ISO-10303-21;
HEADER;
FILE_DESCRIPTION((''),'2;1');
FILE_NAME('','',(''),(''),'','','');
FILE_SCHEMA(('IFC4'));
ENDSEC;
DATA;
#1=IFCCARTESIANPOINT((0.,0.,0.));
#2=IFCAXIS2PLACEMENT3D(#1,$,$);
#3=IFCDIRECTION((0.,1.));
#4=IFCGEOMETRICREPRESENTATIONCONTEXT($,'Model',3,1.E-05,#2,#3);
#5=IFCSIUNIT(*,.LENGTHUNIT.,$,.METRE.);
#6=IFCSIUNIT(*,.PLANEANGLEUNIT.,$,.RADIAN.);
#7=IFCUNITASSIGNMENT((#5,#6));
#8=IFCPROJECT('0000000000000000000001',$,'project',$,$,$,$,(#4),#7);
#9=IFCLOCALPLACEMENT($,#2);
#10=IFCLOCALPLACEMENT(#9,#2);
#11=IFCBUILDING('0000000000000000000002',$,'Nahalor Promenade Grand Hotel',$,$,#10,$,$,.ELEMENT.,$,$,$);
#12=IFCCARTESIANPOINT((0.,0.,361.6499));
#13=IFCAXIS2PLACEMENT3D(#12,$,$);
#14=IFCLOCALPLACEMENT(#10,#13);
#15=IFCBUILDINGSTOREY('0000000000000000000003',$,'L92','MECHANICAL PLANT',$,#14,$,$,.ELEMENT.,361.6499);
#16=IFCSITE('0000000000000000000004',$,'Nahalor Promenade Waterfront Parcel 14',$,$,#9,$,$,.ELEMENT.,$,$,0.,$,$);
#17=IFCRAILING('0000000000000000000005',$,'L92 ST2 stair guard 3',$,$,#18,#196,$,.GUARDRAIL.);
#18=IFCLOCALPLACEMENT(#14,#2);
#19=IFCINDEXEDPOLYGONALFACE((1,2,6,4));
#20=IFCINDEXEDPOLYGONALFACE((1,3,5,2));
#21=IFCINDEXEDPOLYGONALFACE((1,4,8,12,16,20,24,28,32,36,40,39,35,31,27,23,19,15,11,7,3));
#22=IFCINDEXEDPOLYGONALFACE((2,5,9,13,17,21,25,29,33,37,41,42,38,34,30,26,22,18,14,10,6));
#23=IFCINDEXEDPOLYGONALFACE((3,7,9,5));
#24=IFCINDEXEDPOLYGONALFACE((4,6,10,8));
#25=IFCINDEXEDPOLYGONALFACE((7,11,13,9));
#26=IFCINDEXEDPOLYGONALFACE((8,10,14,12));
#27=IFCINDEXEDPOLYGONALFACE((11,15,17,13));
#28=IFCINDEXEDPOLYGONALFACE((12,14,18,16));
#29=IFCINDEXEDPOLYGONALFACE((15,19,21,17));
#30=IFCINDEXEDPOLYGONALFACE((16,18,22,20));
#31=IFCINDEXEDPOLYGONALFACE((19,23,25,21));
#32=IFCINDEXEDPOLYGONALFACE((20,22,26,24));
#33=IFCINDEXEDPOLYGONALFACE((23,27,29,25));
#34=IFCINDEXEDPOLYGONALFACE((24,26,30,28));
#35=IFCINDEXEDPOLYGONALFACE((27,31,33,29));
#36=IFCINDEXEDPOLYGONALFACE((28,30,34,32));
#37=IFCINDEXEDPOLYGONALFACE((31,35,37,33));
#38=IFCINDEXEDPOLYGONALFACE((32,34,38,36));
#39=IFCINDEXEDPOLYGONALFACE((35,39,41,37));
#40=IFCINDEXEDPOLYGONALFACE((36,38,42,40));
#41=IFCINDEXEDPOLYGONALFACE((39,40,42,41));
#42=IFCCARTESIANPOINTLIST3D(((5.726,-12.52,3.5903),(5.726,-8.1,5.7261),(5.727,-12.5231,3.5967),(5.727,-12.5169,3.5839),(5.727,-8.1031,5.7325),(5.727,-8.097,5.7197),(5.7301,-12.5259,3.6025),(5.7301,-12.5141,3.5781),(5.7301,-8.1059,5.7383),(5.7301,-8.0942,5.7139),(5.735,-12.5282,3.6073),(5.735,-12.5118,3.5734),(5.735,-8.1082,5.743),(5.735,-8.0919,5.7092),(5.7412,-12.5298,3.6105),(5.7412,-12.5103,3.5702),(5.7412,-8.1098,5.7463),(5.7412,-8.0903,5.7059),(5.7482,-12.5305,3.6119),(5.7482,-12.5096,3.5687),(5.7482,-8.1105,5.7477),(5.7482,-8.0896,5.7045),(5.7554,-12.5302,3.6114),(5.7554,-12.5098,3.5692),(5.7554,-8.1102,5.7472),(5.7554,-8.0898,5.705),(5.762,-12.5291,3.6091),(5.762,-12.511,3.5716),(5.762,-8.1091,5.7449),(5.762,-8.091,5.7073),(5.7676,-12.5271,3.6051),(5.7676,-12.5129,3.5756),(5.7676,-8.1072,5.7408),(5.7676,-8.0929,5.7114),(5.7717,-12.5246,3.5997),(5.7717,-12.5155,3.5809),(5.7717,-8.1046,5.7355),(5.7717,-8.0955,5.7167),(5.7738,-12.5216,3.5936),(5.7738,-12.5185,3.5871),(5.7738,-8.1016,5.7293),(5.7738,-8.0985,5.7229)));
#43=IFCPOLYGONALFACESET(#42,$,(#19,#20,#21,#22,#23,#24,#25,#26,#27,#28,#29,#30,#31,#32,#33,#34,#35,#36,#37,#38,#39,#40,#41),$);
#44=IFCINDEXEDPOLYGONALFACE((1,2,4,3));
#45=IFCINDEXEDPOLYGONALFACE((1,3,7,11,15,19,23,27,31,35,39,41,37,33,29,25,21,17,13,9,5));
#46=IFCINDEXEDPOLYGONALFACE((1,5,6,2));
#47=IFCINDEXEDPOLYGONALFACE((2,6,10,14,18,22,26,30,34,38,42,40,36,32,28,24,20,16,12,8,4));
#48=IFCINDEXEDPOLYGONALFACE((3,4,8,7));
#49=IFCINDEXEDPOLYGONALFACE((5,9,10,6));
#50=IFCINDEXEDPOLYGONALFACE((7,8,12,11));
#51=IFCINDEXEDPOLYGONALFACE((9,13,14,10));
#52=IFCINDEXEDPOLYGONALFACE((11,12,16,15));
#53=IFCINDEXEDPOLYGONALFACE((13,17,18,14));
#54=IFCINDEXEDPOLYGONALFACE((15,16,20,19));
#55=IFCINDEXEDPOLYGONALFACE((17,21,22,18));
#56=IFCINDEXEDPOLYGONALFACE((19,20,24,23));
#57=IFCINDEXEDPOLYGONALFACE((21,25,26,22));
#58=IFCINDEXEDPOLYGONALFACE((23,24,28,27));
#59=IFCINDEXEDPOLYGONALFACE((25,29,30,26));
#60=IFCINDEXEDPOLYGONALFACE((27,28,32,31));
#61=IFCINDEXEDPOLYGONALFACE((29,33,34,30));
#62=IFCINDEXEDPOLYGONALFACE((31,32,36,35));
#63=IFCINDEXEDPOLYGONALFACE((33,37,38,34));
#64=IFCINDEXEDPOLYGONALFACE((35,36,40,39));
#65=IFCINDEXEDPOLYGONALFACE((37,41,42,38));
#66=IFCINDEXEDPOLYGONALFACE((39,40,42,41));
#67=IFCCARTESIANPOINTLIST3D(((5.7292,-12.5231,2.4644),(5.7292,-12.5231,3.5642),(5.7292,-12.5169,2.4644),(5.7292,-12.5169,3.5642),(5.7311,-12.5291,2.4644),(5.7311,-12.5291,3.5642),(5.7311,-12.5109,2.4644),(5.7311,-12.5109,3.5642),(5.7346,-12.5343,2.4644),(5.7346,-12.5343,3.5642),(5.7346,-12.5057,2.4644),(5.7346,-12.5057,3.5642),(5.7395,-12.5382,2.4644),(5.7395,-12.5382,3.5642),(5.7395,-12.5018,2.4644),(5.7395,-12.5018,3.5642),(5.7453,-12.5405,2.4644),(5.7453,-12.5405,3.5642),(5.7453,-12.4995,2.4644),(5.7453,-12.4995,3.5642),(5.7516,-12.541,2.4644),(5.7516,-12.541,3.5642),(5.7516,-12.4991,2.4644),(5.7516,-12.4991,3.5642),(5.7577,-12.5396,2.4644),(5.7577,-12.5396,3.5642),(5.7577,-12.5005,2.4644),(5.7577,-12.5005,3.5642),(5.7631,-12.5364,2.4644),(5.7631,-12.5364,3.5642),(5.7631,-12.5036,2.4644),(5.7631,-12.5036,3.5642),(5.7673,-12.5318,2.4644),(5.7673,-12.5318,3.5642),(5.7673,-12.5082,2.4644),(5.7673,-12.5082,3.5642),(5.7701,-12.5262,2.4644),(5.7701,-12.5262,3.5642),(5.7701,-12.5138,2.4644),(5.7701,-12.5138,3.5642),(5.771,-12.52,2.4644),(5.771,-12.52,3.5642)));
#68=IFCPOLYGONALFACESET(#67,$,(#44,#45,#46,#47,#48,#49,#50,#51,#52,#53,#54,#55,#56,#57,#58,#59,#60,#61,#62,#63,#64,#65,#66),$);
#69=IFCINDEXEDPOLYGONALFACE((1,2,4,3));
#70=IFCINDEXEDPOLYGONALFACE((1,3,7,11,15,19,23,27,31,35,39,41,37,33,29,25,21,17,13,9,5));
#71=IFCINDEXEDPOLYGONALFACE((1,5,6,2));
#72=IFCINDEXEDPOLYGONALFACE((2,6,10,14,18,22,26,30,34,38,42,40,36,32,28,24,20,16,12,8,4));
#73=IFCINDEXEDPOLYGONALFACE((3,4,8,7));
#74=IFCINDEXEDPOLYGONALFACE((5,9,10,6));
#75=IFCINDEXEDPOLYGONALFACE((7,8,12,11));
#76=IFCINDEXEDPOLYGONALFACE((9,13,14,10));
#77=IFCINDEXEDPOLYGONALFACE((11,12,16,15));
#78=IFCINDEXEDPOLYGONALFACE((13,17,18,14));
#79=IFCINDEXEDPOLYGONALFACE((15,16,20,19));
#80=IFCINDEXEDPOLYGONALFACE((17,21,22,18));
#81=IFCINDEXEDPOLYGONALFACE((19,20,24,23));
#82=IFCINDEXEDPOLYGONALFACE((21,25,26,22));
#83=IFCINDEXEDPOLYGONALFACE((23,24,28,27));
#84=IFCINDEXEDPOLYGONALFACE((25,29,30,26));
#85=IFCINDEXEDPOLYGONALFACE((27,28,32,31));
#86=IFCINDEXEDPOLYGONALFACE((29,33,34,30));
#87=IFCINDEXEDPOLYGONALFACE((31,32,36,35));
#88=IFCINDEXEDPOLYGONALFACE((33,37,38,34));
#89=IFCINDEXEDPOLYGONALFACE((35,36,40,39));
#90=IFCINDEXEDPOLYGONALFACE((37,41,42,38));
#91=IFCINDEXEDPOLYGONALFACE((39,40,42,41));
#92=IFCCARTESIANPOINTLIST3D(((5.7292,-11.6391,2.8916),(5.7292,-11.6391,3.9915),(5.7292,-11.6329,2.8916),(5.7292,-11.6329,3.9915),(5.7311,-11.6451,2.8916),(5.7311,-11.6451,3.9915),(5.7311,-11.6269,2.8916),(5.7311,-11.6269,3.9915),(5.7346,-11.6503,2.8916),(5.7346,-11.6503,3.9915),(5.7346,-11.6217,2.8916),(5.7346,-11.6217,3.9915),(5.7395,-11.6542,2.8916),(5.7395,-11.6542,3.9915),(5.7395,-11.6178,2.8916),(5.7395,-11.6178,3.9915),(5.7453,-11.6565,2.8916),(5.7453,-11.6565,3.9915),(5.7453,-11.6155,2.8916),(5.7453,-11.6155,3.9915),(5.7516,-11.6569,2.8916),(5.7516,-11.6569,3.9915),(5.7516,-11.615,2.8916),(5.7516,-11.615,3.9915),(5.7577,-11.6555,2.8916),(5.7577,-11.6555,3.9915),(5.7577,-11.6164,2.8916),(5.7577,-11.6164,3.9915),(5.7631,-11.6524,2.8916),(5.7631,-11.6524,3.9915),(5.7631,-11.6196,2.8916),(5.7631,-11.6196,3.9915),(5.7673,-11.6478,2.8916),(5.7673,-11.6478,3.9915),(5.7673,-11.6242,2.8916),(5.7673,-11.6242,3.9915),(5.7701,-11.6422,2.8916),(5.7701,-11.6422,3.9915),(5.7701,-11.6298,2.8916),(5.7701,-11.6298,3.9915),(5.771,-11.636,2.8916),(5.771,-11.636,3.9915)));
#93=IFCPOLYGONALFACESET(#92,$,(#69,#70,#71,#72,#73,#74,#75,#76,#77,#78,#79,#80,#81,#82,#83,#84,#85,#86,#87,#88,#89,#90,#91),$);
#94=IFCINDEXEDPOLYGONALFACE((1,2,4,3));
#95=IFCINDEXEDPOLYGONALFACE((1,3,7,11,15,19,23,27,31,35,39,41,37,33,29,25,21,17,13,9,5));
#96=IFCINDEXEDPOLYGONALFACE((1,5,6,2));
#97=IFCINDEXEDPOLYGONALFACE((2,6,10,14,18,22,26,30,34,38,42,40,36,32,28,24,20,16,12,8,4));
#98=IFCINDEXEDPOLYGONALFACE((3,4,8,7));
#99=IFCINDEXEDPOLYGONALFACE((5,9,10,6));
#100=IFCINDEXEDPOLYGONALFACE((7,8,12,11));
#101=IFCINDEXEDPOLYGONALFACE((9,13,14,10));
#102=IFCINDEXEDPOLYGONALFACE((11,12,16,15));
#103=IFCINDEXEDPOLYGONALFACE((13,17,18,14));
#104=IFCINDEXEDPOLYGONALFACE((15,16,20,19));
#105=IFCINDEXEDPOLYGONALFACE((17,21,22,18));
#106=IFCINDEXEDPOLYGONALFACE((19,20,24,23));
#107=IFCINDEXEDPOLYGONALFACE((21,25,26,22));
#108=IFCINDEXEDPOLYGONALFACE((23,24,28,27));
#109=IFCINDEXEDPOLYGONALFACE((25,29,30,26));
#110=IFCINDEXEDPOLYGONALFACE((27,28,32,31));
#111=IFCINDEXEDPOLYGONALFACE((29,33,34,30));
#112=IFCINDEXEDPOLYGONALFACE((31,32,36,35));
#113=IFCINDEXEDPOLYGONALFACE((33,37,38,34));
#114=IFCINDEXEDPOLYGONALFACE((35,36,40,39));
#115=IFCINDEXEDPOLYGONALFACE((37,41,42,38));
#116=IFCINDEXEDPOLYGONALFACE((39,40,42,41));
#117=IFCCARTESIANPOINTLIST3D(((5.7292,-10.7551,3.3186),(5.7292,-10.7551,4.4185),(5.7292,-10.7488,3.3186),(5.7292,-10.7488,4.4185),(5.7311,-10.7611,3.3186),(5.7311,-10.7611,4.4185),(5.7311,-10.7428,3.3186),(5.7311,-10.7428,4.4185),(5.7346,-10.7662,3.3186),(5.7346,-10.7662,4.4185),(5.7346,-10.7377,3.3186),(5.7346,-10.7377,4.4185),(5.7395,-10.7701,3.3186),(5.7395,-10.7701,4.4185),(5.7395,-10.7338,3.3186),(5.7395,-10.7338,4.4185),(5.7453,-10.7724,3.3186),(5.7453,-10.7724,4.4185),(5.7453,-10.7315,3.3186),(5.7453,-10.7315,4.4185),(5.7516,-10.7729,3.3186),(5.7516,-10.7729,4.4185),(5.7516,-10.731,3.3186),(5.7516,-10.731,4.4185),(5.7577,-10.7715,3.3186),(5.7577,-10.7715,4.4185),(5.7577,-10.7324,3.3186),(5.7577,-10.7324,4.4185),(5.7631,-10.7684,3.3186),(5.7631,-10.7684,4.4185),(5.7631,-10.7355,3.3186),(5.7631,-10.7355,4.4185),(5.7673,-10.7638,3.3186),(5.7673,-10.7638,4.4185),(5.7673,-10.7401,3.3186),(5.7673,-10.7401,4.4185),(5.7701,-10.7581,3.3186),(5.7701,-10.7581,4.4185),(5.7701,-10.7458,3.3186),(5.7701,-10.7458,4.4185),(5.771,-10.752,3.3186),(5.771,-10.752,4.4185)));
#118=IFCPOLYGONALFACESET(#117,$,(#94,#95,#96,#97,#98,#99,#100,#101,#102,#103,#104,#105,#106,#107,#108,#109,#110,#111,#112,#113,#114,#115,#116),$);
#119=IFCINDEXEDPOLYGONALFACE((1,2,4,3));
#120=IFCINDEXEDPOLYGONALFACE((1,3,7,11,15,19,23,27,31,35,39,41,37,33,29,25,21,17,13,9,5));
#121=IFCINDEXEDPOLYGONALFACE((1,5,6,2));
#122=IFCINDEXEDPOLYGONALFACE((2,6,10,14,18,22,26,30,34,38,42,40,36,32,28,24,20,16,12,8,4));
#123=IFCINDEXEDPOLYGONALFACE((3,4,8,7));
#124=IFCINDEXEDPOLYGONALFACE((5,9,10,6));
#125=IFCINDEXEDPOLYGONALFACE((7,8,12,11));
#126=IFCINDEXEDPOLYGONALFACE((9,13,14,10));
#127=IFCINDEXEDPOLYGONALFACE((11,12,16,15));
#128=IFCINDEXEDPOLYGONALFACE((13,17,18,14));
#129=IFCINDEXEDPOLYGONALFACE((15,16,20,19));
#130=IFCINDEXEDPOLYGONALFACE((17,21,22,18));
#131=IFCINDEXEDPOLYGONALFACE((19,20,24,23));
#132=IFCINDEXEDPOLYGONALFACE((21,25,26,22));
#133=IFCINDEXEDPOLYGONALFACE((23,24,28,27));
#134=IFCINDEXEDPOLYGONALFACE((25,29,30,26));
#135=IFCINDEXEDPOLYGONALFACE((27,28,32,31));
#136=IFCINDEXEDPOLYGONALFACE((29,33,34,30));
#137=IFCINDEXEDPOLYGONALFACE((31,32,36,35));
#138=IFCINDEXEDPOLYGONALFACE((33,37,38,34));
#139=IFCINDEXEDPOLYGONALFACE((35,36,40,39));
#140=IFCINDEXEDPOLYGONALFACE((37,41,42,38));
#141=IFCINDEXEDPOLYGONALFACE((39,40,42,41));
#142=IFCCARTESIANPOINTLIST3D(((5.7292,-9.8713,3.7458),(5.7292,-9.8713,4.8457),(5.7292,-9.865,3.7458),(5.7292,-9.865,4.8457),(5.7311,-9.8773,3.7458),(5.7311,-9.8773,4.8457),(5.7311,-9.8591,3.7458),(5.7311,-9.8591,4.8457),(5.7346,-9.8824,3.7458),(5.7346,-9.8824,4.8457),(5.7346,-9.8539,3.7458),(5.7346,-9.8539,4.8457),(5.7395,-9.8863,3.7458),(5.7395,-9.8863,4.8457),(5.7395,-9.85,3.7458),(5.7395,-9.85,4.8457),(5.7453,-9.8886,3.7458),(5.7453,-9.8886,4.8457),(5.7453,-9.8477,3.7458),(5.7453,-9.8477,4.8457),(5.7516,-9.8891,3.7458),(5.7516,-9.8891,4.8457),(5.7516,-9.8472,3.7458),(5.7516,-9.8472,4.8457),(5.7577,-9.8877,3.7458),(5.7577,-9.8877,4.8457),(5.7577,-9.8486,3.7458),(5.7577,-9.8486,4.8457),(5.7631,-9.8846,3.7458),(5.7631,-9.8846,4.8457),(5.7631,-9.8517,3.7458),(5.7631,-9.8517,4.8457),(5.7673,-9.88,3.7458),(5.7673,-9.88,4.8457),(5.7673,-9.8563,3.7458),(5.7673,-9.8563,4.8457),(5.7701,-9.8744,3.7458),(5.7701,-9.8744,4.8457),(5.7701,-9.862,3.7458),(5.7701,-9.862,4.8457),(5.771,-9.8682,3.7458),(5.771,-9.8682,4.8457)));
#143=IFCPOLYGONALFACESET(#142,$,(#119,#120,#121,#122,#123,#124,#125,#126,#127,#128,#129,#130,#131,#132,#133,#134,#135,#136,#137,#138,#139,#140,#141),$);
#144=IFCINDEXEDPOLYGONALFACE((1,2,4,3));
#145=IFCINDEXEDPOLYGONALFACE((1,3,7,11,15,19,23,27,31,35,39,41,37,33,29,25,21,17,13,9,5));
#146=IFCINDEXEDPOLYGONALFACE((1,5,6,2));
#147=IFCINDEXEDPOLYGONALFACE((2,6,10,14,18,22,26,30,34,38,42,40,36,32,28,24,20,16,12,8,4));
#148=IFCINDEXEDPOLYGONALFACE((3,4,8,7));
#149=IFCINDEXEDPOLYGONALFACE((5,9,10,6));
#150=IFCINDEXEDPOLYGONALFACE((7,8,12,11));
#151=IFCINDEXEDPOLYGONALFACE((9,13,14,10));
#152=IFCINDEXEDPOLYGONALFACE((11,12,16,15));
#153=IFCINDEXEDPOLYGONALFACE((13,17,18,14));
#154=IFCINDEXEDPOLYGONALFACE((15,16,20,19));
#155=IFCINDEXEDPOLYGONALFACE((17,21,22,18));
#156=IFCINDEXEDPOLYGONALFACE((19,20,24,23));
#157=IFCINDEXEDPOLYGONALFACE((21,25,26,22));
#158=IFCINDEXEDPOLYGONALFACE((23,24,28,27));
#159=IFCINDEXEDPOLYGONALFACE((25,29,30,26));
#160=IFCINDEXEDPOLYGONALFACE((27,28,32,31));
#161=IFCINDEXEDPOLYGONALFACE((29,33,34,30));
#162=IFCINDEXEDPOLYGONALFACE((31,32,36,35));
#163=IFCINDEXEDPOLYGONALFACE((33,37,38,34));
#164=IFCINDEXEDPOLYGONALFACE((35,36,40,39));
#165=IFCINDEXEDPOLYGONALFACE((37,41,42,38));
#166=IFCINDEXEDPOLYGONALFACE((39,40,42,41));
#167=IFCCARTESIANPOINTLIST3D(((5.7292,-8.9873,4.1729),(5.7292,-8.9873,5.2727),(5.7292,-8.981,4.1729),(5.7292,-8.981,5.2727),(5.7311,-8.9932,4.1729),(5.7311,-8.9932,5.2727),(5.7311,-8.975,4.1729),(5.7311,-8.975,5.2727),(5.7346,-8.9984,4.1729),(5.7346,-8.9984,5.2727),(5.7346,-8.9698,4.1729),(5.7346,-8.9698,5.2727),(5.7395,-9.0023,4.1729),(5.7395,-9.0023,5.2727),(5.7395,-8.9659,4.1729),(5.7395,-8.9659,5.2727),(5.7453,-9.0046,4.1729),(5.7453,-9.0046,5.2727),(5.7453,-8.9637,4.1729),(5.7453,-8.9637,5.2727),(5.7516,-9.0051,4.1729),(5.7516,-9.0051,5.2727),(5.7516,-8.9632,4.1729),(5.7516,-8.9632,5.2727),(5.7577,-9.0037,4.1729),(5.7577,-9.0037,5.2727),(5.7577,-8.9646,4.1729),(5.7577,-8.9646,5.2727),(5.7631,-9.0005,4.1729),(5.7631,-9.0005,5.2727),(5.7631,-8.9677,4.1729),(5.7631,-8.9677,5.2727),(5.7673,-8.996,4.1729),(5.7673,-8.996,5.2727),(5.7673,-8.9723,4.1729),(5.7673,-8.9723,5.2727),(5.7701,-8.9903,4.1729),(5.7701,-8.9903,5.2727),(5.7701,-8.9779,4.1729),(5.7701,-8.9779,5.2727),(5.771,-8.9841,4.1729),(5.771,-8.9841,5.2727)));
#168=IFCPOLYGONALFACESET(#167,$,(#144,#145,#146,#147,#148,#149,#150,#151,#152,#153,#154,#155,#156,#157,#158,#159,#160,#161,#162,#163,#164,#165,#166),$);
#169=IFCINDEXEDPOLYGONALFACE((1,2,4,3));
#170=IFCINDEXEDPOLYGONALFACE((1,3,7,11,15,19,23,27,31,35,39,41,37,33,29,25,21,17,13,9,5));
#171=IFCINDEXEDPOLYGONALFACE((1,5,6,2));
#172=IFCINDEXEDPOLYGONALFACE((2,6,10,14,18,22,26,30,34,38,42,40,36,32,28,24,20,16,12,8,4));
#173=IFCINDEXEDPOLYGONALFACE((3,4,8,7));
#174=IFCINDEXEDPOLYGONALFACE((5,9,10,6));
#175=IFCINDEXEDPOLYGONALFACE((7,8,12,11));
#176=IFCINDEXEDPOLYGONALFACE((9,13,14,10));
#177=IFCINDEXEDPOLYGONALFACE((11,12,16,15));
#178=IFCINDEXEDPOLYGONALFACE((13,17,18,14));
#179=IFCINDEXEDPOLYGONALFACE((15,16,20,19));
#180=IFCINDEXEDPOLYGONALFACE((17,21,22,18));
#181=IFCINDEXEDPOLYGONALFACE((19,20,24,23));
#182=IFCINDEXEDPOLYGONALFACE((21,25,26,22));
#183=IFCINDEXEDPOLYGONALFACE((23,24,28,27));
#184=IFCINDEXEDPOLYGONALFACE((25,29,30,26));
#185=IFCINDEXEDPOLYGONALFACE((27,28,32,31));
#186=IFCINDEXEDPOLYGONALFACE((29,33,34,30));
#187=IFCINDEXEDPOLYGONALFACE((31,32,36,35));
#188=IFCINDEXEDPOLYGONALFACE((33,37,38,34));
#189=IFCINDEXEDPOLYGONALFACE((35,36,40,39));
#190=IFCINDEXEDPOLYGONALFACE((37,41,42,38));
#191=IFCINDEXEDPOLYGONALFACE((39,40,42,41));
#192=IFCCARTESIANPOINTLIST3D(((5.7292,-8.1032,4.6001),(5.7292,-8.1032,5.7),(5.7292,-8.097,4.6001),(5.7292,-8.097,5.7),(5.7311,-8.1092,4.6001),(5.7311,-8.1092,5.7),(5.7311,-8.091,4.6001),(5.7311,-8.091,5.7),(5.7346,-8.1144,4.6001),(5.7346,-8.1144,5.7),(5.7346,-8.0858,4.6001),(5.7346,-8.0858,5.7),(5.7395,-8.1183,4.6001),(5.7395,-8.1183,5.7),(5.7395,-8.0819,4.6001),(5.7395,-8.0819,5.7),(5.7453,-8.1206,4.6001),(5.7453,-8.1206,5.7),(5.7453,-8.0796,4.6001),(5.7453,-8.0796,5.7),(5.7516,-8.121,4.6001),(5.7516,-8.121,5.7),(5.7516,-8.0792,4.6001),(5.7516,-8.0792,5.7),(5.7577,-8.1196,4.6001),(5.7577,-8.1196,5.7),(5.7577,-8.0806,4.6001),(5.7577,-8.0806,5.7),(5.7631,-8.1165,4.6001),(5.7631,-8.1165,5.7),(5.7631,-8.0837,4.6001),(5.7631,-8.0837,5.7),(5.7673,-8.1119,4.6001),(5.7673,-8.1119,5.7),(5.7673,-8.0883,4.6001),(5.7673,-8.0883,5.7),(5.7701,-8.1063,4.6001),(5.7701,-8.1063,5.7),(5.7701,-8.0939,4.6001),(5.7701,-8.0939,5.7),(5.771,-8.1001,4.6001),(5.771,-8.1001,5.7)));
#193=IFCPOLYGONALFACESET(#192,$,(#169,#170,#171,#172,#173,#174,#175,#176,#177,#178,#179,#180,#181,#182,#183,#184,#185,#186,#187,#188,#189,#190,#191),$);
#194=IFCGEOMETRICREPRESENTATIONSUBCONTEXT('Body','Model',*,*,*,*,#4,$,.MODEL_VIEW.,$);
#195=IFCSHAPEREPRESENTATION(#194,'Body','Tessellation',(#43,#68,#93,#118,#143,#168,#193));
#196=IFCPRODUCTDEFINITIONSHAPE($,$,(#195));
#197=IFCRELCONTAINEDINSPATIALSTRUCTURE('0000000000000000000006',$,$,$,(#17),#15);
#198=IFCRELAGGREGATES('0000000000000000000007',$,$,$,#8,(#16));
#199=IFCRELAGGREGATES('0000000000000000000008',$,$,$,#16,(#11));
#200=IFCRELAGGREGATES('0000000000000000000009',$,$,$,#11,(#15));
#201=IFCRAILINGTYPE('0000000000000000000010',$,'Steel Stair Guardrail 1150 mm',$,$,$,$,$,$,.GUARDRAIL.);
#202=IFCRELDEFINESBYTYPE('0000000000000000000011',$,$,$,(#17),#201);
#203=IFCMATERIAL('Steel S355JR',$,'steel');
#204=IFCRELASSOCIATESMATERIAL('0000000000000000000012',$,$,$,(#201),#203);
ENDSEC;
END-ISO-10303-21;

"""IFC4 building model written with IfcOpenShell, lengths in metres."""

from ifc_helpers import new_model, si_unit, direction, frame, origin, origin_2d, place, context, subcontext, project, spatial, circle, extrude, material, type_object, element, save


model = new_model("IFC4")

# Units and contexts
model_context = context("Model", 3, precision=1e-05, world=origin(), true_north=direction((0.0, 1.0)))
body_context = subcontext(model_context, "Body", "Model", "MODEL_VIEW")
ifc_project = project(units=[si_unit("LENGTHUNIT", "METRE"), si_unit("PLANEANGLEUNIT", "RADIAN")], contexts=[model_context])

# Site, building, storey
site_placement = place(None, origin())
site = spatial("IfcSite", under=ifc_project, at=site_placement, Name="Nahalor Promenade Waterfront Parcel 14", CompositionType="ELEMENT", RefElevation=0.0)
building_placement = place(site_placement, origin())
building = spatial("IfcBuilding", under=site, at=building_placement, Name="Nahalor Promenade Grand Hotel", CompositionType="ELEMENT")
storey_placement = place(building_placement, frame((0.0, 0.0, 361.6499)))
storey = spatial("IfcBuildingStorey", under=building, at=storey_placement, Name="L92", Description="MECHANICAL PLANT", CompositionType="ELEMENT", Elevation=361.6499)

# Shared definitions
ifc_material_1 = material(Name="Steel S355JR", Category="steel")

# Railing
railing_type_1 = type_object("IfcRailingType", Name="Steel Stair Guardrail 1150 mm", PredefinedType="GUARDRAIL", material=ifc_material_1)
railing_1_placement = place(storey_placement, frame((5.75, -12.52, 2.4644)))
element("IfcRailing", 1, at=railing_1_placement, inside=storey, type_object=railing_type_1, Name="L92 ST2 stair guard 3", PredefinedType="GUARDRAIL", context=body_context, shape_type="SweptSolid", body=[
    extrude(circle(Radius=0.024, at=origin_2d()), frame((0.0, 0.0, 1.126), z_axis=(0.0, 0.900393, 0.435077), x_axis=(-1.0, 0.0, 0.0)), (0.0, 0.0, 1.0), 4.9089),
    extrude(circle(Radius=0.021, at=origin_2d()), origin(), (0.0, 0.0, 1.0), 1.0999),
    extrude(circle(Radius=0.021, at=origin_2d()), frame((0.0, 0.884, 0.4272)), (0.0, 0.0, 1.0), 1.0999),
    extrude(circle(Radius=0.021, at=origin_2d()), frame((0.0, 1.7681, 0.8542)), (0.0, 0.0, 1.0), 1.0999),
    extrude(circle(Radius=0.021, at=origin_2d()), frame((0.0, 2.6519, 1.2815)), (0.0, 0.0, 1.0), 1.0999),
    extrude(circle(Radius=0.021, at=origin_2d()), frame((0.0, 3.5359, 1.7085)), (0.0, 0.0, 1.0), 1.0999),
    extrude(circle(Radius=0.021, at=origin_2d()), frame((0.0, 4.4199, 2.1357)), (0.0, 0.0, 1.0), 1.0999),
])

save(model, "model.ifc")
